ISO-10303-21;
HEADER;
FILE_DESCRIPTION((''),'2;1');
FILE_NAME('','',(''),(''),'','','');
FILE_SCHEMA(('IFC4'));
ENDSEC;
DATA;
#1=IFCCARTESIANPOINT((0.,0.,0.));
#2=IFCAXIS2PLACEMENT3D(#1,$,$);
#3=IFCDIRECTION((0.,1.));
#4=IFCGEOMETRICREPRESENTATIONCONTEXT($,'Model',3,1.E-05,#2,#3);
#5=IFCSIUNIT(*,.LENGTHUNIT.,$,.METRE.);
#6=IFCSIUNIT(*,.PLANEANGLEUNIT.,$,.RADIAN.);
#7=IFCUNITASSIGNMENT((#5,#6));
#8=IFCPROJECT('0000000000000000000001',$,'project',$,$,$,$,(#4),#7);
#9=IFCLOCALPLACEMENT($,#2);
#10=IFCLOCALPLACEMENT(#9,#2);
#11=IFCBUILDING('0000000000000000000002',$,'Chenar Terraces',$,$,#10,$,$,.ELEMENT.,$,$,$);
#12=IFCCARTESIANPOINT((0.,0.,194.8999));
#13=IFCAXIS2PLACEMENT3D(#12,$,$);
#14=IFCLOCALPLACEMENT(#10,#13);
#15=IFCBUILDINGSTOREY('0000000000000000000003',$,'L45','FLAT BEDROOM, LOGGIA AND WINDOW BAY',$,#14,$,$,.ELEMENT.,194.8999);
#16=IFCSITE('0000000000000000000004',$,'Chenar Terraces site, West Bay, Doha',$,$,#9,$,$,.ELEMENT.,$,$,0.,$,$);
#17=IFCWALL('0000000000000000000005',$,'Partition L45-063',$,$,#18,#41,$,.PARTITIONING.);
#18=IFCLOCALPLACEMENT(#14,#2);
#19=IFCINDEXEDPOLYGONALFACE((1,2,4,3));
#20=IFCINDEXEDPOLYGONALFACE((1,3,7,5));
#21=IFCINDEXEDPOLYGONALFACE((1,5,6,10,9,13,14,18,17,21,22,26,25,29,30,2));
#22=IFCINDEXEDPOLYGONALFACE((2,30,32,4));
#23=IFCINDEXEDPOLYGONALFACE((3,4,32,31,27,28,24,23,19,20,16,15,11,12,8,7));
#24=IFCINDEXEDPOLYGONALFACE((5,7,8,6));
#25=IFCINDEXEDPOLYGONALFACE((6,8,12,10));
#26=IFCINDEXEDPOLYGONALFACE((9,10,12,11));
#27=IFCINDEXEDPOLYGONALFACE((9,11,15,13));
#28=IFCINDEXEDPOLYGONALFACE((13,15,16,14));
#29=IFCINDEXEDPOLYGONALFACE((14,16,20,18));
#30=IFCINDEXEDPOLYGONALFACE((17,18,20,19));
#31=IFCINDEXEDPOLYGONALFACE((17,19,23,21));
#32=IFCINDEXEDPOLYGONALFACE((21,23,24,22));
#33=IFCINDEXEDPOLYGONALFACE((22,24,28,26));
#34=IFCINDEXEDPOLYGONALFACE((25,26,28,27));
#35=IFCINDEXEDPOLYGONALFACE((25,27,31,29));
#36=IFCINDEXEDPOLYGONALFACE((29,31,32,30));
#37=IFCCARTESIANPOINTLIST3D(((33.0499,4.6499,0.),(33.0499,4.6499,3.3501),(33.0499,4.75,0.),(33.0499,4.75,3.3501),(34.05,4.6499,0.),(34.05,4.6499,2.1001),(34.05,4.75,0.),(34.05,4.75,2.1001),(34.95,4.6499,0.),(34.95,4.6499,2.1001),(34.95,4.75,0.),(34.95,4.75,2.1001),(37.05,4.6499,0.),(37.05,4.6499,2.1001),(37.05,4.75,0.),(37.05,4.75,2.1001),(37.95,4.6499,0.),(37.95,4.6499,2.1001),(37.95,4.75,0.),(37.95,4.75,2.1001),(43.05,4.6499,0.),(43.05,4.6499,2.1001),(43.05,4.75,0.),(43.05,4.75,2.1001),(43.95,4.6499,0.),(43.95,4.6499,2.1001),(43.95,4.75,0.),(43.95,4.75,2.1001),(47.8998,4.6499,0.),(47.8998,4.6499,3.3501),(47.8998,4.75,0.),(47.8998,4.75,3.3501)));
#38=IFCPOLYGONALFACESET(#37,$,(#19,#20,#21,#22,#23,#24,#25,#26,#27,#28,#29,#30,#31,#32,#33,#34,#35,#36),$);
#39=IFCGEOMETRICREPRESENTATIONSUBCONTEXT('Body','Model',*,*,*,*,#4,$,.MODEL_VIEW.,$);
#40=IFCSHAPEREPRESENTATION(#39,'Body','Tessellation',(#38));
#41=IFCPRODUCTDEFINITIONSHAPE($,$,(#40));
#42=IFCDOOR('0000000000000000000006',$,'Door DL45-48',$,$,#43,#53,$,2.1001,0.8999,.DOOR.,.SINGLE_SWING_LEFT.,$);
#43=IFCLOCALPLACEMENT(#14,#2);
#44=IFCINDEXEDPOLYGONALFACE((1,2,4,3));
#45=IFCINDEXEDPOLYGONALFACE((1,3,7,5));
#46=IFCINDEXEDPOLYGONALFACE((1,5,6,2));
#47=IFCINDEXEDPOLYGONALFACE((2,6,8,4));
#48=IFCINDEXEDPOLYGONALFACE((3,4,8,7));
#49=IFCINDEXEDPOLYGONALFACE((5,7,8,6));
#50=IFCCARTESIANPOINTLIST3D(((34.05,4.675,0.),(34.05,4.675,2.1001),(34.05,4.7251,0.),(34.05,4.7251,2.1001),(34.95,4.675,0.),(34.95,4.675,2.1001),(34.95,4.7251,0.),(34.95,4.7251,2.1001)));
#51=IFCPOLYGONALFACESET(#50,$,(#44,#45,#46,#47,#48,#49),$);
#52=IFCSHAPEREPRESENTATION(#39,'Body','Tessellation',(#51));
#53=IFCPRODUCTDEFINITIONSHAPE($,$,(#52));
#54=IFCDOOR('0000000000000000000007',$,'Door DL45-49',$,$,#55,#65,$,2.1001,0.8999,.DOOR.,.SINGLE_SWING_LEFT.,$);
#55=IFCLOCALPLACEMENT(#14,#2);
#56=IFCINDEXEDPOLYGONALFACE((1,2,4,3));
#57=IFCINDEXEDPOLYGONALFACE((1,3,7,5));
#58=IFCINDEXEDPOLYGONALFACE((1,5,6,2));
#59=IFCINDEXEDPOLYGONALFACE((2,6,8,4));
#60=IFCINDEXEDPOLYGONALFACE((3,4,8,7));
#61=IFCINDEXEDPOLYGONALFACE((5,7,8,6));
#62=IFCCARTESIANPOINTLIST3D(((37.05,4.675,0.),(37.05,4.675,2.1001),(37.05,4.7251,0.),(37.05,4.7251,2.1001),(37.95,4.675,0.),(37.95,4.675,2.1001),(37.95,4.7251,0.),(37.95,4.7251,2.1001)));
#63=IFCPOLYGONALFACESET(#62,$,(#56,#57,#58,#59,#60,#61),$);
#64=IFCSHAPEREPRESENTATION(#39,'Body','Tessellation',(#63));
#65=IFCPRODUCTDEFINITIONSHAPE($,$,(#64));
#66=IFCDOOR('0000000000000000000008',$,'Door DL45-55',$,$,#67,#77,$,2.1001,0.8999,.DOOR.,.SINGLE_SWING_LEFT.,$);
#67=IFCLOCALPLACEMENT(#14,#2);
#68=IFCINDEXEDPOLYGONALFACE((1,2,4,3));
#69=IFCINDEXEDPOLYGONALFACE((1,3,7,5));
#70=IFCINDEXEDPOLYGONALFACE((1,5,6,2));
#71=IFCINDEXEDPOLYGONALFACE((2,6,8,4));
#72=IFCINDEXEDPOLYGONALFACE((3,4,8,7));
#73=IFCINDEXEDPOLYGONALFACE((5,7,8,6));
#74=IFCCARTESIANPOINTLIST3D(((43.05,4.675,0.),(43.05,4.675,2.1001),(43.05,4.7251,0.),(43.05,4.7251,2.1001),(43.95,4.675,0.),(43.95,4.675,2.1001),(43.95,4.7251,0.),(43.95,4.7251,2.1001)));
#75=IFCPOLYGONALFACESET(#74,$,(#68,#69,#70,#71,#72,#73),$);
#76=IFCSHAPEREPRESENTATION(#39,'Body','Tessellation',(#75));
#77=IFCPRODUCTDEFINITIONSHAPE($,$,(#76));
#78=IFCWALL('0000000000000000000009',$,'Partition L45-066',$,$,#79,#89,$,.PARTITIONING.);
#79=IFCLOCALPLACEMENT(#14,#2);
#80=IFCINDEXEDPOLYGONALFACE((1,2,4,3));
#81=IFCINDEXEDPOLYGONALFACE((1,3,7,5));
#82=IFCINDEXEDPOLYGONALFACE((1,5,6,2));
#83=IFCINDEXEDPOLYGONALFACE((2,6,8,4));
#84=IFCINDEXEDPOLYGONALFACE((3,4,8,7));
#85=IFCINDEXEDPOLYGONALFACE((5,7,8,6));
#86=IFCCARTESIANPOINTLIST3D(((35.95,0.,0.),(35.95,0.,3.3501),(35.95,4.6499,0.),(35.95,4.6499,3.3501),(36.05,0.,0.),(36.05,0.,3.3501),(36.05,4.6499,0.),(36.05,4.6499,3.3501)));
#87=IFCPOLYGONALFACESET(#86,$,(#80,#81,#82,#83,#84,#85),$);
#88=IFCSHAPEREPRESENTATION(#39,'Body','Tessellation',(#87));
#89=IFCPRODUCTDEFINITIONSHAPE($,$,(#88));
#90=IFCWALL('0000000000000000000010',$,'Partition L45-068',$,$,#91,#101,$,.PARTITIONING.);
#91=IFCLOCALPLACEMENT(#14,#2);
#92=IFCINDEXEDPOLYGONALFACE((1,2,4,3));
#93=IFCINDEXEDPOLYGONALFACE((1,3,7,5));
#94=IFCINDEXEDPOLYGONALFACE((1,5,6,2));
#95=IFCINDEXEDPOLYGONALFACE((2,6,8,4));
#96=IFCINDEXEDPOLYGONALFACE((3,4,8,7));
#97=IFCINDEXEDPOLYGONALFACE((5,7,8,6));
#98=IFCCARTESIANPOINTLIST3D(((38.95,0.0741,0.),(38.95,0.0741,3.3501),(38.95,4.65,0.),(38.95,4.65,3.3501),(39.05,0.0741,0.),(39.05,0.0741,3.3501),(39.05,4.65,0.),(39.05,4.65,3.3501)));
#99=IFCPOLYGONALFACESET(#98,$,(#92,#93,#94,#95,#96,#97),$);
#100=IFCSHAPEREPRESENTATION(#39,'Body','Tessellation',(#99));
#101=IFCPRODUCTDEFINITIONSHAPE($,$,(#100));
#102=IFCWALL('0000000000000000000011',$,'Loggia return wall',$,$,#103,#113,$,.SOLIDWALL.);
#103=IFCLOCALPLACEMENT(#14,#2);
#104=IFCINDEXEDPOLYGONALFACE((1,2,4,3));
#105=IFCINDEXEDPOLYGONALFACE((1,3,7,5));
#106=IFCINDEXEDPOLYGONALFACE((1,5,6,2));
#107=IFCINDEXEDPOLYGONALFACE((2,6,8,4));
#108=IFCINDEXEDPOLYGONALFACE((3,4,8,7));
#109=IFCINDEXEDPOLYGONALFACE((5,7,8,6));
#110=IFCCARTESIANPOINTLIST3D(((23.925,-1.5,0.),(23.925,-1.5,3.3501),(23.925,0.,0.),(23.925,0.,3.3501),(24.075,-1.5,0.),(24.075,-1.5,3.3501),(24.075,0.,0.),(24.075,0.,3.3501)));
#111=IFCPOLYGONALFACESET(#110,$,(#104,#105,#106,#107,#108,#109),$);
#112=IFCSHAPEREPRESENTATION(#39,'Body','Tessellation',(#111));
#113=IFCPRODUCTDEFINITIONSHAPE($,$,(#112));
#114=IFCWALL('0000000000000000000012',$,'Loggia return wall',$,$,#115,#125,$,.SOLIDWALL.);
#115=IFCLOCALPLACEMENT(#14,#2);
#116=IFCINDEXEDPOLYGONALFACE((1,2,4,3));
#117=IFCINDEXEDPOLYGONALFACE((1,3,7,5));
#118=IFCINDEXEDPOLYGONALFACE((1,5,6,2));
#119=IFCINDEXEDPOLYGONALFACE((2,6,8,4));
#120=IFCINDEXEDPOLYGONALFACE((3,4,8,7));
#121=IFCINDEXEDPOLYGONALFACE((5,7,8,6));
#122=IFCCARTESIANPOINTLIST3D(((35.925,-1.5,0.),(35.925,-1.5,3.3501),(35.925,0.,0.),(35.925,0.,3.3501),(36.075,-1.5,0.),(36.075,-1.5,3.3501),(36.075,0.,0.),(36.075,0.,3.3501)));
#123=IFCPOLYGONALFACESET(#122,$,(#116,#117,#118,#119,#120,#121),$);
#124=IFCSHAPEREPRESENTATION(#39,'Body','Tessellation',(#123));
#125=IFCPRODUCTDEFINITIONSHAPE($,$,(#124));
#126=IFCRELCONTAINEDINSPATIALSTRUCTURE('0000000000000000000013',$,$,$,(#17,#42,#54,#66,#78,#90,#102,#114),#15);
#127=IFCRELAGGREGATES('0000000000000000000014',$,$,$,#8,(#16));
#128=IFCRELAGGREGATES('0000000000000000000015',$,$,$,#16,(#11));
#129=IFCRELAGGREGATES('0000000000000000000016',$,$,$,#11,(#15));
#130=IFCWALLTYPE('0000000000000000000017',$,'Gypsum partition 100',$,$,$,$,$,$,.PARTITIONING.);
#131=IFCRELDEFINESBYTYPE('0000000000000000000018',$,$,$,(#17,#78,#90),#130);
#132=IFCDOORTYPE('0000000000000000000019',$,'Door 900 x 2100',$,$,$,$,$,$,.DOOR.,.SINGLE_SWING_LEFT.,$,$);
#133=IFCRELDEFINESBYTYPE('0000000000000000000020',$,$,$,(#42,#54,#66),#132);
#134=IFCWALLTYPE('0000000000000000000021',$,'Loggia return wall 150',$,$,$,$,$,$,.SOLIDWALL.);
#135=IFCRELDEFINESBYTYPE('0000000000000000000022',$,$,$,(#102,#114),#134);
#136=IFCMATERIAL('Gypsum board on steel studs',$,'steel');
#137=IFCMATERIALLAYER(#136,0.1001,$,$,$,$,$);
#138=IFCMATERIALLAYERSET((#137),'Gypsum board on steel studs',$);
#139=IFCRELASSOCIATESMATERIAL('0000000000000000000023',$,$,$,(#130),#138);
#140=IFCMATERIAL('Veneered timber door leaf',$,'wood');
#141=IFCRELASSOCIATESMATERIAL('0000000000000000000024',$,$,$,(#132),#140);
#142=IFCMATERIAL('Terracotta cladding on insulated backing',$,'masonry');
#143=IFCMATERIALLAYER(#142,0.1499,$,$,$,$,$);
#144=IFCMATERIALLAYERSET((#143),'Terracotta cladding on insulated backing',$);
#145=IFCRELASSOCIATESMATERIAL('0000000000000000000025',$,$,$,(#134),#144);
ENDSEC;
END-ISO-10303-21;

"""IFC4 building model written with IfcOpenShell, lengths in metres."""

from ifc_helpers import new_model, si_unit, direction, frame, frame_2d, origin, place, context, subcontext, project, spatial, rectangle, extrude, material, layer, layer_set, type_object, element, fill, save


model = new_model("IFC4")

# Units and contexts
model_context = context("Model", 3, precision=1e-05, world=origin(), true_north=direction((0.0, 1.0)))
body_context = subcontext(model_context, "Body", "Model", "MODEL_VIEW")
ifc_project = project(units=[si_unit("LENGTHUNIT", "METRE"), si_unit("PLANEANGLEUNIT", "RADIAN")], contexts=[model_context])

# Site, building, storey
site_placement = place(None, origin())
site = spatial("IfcSite", under=ifc_project, at=site_placement, Name="Chenar Terraces site, West Bay, Doha", CompositionType="ELEMENT", RefElevation=0.0)
building_placement = place(site_placement, origin())
building = spatial("IfcBuilding", under=site, at=building_placement, Name="Chenar Terraces", CompositionType="ELEMENT")
storey_placement = place(building_placement, frame((0.0, 0.0, 194.8999)))
storey = spatial("IfcBuildingStorey", under=building, at=storey_placement, Name="L45", Description="FLAT BEDROOM, LOGGIA AND WINDOW BAY", CompositionType="ELEMENT", Elevation=194.8999)

# Shared definitions
ifc_material_1 = material(Name="Gypsum board on steel studs", Category="steel")
ifc_layer_1 = layer(ifc_material_1, 0.1001)
ifc_layer_set_1 = layer_set([ifc_layer_1], Name="Gypsum board on steel studs")
wall_type_1 = type_object("IfcWallType", Name="Gypsum partition 100", PredefinedType="PARTITIONING", material=ifc_layer_set_1)

# Shared definitions
ifc_material_2 = material(Name="Veneered timber door leaf", Category="wood")
door_type_1 = type_object("IfcDoorType", Name="Door 900 x 2100", OperationType="SINGLE_SWING_LEFT", PredefinedType="DOOR", material=ifc_material_2)

# Wall, openings, doors
wall_1_placement = place(storey_placement, frame((33.05, 4.7, 0.0), z_axis=(0.0, 0.0, 1.0), x_axis=(1.0, 0.0, 0.0)))
wall_1 = element("IfcWall", 1, at=wall_1_placement, inside=storey, type_object=wall_type_1, Name="Partition L45-063", PredefinedType="PARTITIONING", context=body_context, shape_type="SweptSolid", body=[
    extrude(rectangle(XDim=14.8499, YDim=0.1001, at=frame_2d((7.4248, 0.0))), origin(), (0.0, 0.0, 1.0), 3.3501),
])
opening_1_placement = place(wall_1_placement, frame((1.0, 0.0, 0.0)))
opening_1 = element("IfcOpeningElement", 2, at=opening_1_placement, cuts=wall_1, PredefinedType="OPENING", context=body_context, shape_type="SweptSolid", body=[
    extrude(rectangle(XDim=0.8999, YDim=2.1001, at=frame_2d((0.45, 1.05))), frame((0.0, 0.0601, 0.0), z_axis=(0.0, -1.0, 0.0), x_axis=(1.0, 0.0, 0.0)), (0.0, 0.0, 1.0), 0.1201),
])
opening_2_placement = place(wall_1_placement, frame((4.0, 0.0, 0.0)))
opening_2 = element("IfcOpeningElement", 3, at=opening_2_placement, cuts=wall_1, PredefinedType="OPENING", context=body_context, shape_type="SweptSolid", body=[
    extrude(rectangle(XDim=0.8999, YDim=2.1001, at=frame_2d((0.45, 1.05))), frame((0.0, 0.0601, 0.0), z_axis=(0.0, -1.0, 0.0), x_axis=(1.0, 0.0, 0.0)), (0.0, 0.0, 1.0), 0.1201),
])
opening_3_placement = place(wall_1_placement, frame((10.0, 0.0, 0.0)))
opening_3 = element("IfcOpeningElement", 4, at=opening_3_placement, cuts=wall_1, PredefinedType="OPENING", context=body_context, shape_type="SweptSolid", body=[
    extrude(rectangle(XDim=0.8999, YDim=2.1001, at=frame_2d((0.45, 1.05))), frame((0.0, 0.0601, 0.0), z_axis=(0.0, -1.0, 0.0), x_axis=(1.0, 0.0, 0.0)), (0.0, 0.0, 1.0), 0.1201),
])
door_1_placement = place(opening_1_placement, frame((0.8999, 0.0, 0.0), z_axis=(0.0, 0.0, 1.0), x_axis=(-1.0, 0.0, 0.0)))
door_1 = element("IfcDoor", 5, at=door_1_placement, inside=storey, type_object=door_type_1, Name="Door DL45-48", OperationType="SINGLE_SWING_LEFT", OverallHeight=2.1001, OverallWidth=0.8999, PredefinedType="DOOR", context=body_context, shape_type="SweptSolid", body=[
    extrude(rectangle(XDim=0.8999, YDim=2.1001, at=frame_2d((0.45, 1.05))), frame((0.0, 0.0249, 0.0), z_axis=(0.0, -1.0, 0.0), x_axis=(1.0, 0.0, 0.0)), (0.0, 0.0, 1.0), 0.05),
])
fill(opening_1, door_1)
door_2_placement = place(opening_2_placement, frame((0.8999, 0.0, 0.0), z_axis=(0.0, 0.0, 1.0), x_axis=(-1.0, 0.0, 0.0)))
door_2 = element("IfcDoor", 6, at=door_2_placement, inside=storey, type_object=door_type_1, Name="Door DL45-49", OperationType="SINGLE_SWING_LEFT", OverallHeight=2.1001, OverallWidth=0.8999, PredefinedType="DOOR", context=body_context, shape_type="SweptSolid", body=[
    extrude(rectangle(XDim=0.8999, YDim=2.1001, at=frame_2d((0.45, 1.05))), frame((0.0, 0.0249, 0.0), z_axis=(0.0, -1.0, 0.0), x_axis=(1.0, 0.0, 0.0)), (0.0, 0.0, 1.0), 0.05),
])
fill(opening_2, door_2)
door_3_placement = place(opening_3_placement, frame((0.8999, 0.0, 0.0), z_axis=(0.0, 0.0, 1.0), x_axis=(-1.0, 0.0, 0.0)))
door_3 = element("IfcDoor", 7, at=door_3_placement, inside=storey, type_object=door_type_1, Name="Door DL45-55", OperationType="SINGLE_SWING_LEFT", OverallHeight=2.1001, OverallWidth=0.8999, PredefinedType="DOOR", context=body_context, shape_type="SweptSolid", body=[
    extrude(rectangle(XDim=0.8999, YDim=2.1001, at=frame_2d((0.45, 1.05))), frame((0.0, 0.0249, 0.0), z_axis=(0.0, -1.0, 0.0), x_axis=(1.0, 0.0, 0.0)), (0.0, 0.0, 1.0), 0.05),
])
fill(opening_3, door_3)

# Walls
wall_2_placement = place(storey_placement, frame((36.0, 0.0, 0.0), z_axis=(0.0, 0.0, 1.0), x_axis=(0.0, 1.0, 0.0)))
element("IfcWall", 8, at=wall_2_placement, inside=storey, type_object=wall_type_1, Name="Partition L45-066", PredefinedType="PARTITIONING", context=body_context, shape_type="SweptSolid", body=[
    extrude(rectangle(XDim=4.6499, YDim=0.1001, at=frame_2d((2.325, 0.0))), origin(), (0.0, 0.0, 1.0), 3.3501),
])
wall_3_placement = place(storey_placement, frame((39.0, 0.074, 0.0), z_axis=(0.0, 0.0, 1.0), x_axis=(0.0, 1.0, 0.0)))
element("IfcWall", 9, at=wall_3_placement, inside=storey, type_object=wall_type_1, Name="Partition L45-068", PredefinedType="PARTITIONING", context=body_context, shape_type="SweptSolid", body=[
    extrude(rectangle(XDim=4.5759, YDim=0.1001, at=frame_2d((2.2881, 0.0))), origin(), (0.0, 0.0, 1.0), 3.3501),
])
ifc_material_3 = material(Name="Terracotta cladding on insulated backing", Category="masonry")
ifc_layer_2 = layer(ifc_material_3, 0.1499)
ifc_layer_set_2 = layer_set([ifc_layer_2], Name="Terracotta cladding on insulated backing")
wall_type_2 = type_object("IfcWallType", Name="Loggia return wall 150", PredefinedType="SOLIDWALL", material=ifc_layer_set_2)
for number, where, z_axis, x_axis, name in (
    (10, (24.0, -1.5, 0.0), (0.0, 0.0, 1.0), (0.0, 1.0, 0.0), "Loggia return wall"),
    (11, (36.0, -1.5, 0.0), (0.0, 0.0, 1.0), (0.0, 1.0, 0.0), "Loggia return wall"),
):
    element("IfcWall", number, at=place(storey_placement, frame(where, z_axis=z_axis, x_axis=x_axis)), inside=storey, type_object=wall_type_2, Name=name, PredefinedType="SOLIDWALL", context=body_context, shape_type="SweptSolid", body=[
        extrude(rectangle(XDim=1.5, YDim=0.1499, at=frame_2d((0.75, 0.0))), origin(), (0.0, 0.0, 1.0), 3.3501),
    ])

save(model, "model.ifc")
